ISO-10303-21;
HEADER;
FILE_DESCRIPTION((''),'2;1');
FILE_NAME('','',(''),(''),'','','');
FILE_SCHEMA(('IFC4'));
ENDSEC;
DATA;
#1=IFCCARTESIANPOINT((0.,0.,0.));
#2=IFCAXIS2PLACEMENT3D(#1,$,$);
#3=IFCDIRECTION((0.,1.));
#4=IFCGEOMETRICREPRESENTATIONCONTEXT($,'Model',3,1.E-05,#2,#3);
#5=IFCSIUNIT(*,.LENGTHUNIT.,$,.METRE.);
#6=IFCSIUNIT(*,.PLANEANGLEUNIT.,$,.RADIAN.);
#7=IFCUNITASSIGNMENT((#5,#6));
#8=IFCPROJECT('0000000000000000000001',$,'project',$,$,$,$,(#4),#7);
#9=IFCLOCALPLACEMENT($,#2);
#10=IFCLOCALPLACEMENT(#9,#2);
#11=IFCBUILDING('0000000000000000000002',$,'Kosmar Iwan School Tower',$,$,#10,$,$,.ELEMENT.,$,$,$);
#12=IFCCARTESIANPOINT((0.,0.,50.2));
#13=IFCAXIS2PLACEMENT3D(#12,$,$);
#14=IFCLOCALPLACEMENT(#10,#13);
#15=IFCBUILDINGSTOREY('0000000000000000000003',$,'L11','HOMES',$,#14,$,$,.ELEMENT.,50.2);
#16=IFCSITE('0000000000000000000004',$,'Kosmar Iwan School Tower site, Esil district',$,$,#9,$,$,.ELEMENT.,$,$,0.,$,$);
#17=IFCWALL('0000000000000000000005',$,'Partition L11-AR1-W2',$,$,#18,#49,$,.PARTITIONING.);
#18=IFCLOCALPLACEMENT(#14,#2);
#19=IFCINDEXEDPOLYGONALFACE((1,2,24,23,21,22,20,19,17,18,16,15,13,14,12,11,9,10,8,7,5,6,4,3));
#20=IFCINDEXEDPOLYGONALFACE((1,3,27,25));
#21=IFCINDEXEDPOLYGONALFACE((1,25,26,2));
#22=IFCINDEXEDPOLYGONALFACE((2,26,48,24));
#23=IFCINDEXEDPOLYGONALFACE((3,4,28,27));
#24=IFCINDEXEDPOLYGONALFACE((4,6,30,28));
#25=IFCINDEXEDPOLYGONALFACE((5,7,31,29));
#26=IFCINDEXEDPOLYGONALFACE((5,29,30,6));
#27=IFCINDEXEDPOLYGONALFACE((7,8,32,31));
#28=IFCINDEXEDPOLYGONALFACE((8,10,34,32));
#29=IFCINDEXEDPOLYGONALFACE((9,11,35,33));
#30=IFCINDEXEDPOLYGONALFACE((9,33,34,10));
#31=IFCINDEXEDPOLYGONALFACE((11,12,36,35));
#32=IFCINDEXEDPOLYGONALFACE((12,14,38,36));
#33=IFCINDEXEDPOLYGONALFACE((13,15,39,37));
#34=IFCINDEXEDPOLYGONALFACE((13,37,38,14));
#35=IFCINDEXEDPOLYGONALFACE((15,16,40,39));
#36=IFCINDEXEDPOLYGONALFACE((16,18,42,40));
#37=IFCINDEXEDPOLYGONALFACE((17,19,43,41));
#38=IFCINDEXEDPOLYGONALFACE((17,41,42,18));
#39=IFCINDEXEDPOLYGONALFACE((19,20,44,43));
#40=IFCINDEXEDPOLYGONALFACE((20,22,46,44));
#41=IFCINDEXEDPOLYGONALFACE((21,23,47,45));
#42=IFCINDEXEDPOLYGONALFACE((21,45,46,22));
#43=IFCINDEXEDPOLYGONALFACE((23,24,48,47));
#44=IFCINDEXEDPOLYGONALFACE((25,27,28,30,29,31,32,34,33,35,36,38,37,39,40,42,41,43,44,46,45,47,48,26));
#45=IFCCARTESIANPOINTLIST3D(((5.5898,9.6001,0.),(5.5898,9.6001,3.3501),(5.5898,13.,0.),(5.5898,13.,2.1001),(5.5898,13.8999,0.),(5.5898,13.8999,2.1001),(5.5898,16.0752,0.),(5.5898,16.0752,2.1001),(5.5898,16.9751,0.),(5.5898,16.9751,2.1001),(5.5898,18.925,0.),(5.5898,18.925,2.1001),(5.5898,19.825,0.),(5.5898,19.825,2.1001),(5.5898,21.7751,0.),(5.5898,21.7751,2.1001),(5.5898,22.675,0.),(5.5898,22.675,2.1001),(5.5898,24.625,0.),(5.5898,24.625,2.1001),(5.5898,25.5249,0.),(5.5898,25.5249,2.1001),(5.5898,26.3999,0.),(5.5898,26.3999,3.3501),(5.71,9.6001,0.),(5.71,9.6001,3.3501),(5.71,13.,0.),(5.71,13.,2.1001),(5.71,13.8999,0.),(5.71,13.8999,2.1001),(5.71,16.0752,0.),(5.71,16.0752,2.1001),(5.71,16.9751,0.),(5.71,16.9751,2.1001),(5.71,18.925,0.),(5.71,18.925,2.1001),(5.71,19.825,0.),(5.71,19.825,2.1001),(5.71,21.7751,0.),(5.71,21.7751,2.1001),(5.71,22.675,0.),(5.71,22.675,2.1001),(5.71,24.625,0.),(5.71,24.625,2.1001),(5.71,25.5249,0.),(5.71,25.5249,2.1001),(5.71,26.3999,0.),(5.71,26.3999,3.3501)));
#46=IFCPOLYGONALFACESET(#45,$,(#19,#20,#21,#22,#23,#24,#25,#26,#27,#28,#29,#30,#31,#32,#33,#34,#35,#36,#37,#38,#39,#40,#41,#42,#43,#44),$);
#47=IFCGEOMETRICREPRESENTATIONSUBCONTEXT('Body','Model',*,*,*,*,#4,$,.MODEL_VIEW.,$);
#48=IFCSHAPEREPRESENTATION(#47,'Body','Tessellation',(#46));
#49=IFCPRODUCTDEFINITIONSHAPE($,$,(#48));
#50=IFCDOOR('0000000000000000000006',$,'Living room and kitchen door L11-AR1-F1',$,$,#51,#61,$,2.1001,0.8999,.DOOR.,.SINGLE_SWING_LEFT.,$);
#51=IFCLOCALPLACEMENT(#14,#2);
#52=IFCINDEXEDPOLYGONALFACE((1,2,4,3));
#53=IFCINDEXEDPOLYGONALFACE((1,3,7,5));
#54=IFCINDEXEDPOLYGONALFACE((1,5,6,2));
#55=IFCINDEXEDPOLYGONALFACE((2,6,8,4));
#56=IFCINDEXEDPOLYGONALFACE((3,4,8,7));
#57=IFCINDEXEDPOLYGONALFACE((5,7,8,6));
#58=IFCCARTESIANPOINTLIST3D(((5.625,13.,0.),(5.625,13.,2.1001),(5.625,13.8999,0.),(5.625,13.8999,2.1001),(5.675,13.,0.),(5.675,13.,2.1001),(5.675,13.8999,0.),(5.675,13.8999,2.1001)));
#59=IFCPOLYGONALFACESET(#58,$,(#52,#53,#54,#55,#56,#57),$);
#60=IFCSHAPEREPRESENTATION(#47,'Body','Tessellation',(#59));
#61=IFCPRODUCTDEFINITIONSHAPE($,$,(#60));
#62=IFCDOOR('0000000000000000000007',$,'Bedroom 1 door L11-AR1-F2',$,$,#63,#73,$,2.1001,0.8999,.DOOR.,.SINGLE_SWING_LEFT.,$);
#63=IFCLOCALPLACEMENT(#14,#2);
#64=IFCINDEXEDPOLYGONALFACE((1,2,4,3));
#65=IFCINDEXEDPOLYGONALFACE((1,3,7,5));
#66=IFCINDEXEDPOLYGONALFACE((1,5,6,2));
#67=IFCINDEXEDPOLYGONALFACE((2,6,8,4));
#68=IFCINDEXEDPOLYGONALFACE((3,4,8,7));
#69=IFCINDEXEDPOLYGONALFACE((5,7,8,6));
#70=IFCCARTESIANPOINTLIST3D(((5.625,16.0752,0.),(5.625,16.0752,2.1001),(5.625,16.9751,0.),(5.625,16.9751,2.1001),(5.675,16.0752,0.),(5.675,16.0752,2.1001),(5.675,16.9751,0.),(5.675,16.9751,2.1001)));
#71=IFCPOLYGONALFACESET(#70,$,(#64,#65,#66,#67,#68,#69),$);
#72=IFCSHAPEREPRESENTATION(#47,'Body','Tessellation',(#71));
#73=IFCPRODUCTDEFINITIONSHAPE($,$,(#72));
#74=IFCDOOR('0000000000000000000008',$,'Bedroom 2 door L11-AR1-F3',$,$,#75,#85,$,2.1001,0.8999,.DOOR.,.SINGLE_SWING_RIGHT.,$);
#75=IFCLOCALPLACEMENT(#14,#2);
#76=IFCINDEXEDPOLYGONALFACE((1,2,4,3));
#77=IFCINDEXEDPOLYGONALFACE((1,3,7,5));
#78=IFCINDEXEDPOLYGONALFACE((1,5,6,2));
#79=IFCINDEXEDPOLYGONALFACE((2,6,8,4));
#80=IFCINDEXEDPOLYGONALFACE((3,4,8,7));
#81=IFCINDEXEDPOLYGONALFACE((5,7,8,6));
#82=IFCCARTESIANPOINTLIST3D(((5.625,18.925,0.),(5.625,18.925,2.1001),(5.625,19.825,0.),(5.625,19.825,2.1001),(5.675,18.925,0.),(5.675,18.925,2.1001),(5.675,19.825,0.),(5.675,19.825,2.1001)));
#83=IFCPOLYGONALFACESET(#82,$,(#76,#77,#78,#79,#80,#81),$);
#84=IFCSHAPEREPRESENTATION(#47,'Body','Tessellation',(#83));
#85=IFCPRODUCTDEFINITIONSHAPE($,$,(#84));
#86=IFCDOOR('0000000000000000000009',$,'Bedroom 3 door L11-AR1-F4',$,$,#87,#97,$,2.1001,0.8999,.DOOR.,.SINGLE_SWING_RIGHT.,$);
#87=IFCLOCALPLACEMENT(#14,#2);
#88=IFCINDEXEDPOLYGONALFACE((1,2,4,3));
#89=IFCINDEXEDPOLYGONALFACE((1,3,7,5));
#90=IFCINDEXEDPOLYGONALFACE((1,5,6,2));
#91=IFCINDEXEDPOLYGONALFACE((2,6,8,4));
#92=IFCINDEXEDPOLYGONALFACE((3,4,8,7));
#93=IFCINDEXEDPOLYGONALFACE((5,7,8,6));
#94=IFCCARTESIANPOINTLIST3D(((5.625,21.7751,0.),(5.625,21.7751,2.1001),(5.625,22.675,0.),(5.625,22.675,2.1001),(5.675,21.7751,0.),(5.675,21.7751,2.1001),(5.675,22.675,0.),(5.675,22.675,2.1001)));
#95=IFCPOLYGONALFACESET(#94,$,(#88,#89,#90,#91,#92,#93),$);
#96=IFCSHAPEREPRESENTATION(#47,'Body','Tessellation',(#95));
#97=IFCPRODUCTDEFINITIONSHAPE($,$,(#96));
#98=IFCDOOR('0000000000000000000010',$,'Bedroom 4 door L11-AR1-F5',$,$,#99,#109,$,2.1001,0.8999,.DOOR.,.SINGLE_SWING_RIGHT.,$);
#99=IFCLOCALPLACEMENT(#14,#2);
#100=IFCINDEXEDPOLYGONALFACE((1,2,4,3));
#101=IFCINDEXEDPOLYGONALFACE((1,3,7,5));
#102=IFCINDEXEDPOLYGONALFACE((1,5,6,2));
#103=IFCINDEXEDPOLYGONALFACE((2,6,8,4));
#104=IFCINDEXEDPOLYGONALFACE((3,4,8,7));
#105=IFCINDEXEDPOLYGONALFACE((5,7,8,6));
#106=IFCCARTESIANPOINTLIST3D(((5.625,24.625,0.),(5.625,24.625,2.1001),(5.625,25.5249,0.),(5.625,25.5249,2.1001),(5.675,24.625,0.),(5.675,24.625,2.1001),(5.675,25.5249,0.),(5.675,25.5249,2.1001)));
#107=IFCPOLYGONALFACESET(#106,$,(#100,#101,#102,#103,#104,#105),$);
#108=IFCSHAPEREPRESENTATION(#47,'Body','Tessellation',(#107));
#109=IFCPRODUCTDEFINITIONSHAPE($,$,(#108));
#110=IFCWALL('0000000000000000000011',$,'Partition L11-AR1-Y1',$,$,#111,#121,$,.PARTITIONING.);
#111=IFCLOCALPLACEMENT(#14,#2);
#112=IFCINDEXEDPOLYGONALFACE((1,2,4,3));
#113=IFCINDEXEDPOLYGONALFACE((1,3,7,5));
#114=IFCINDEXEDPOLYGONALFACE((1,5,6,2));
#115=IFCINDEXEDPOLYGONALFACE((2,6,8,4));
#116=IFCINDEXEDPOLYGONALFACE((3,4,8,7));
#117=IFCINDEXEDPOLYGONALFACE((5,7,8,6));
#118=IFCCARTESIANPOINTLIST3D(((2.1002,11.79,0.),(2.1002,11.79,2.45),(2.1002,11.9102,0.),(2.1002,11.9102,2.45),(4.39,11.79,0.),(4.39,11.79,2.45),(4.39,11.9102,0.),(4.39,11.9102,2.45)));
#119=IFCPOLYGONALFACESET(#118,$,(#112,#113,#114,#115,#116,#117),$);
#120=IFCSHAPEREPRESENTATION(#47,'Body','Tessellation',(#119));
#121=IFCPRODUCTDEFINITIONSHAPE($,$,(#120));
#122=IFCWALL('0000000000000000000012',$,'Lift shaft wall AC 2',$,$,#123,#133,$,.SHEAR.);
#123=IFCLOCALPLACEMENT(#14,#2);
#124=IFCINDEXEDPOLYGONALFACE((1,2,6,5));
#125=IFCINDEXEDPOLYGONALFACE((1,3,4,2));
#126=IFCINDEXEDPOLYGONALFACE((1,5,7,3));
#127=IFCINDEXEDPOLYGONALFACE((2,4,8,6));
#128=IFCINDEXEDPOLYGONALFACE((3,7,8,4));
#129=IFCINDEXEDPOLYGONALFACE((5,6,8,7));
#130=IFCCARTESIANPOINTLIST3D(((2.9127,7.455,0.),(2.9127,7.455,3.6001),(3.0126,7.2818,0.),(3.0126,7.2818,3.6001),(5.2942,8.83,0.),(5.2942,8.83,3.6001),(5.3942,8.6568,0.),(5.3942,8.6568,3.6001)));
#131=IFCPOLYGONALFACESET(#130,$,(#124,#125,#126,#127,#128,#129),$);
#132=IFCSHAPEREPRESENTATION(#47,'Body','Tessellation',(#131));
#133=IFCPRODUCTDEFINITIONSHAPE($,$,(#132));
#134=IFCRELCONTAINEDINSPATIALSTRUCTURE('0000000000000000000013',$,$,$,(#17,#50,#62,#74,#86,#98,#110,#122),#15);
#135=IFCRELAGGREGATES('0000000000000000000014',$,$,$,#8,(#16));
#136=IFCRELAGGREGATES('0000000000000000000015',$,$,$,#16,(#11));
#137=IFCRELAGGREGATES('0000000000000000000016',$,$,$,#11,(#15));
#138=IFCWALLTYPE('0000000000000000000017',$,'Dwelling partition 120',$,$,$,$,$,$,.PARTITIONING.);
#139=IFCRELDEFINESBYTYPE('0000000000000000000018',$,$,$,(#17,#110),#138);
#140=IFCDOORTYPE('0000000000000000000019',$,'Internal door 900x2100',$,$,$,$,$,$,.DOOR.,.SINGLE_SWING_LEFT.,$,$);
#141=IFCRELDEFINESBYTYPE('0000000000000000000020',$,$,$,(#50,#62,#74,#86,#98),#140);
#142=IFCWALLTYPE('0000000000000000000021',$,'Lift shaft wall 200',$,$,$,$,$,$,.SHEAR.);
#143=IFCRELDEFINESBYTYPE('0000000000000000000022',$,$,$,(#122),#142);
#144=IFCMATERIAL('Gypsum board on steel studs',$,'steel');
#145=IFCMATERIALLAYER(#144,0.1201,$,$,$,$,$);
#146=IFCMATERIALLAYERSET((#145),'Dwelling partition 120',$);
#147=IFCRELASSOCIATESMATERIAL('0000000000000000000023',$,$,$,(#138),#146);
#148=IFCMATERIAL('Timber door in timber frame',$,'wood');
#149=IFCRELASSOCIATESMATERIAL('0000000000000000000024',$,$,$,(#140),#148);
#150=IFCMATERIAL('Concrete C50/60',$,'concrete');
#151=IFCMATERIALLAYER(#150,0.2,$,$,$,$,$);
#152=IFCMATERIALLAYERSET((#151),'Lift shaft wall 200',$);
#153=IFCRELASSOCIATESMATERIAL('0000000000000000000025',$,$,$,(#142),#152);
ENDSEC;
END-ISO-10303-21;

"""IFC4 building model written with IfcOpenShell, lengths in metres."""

from ifc_helpers import new_model, si_unit, direction, frame, frame_2d, origin, place, context, subcontext, project, spatial, rectangle, extrude, material, layer, layer_set, type_object, element, fill, save


model = new_model("IFC4")

# Units and contexts
model_context = context("Model", 3, precision=1e-05, world=origin(), true_north=direction((0.0, 1.0)))
body_context = subcontext(model_context, "Body", "Model", "MODEL_VIEW")
ifc_project = project(units=[si_unit("LENGTHUNIT", "METRE"), si_unit("PLANEANGLEUNIT", "RADIAN")], contexts=[model_context])

# Site, building, storey
site_placement = place(None, origin())
site = spatial("IfcSite", under=ifc_project, at=site_placement, Name="Kosmar Iwan School Tower site, Esil district", CompositionType="ELEMENT", RefElevation=0.0)
building_placement = place(site_placement, origin())
building = spatial("IfcBuilding", under=site, at=building_placement, Name="Kosmar Iwan School Tower", CompositionType="ELEMENT")
storey_placement = place(building_placement, frame((0.0, 0.0, 50.2)))
storey = spatial("IfcBuildingStorey", under=building, at=storey_placement, Name="L11", Description="HOMES", CompositionType="ELEMENT", Elevation=50.2)

# Wall, openings, doors
ifc_material_1 = material(Name="Gypsum board on steel studs", Category="steel")
ifc_layer_1 = layer(ifc_material_1, 0.1201)
ifc_layer_set_1 = layer_set([ifc_layer_1], Name="Dwelling partition 120")
wall_type_1 = type_object("IfcWallType", Name="Dwelling partition 120", PredefinedType="PARTITIONING", material=ifc_layer_set_1)
ifc_material_2 = material(Name="Timber door in timber frame", Category="wood")
door_type_1 = type_object("IfcDoorType", Name="Internal door 900x2100", OperationType="SINGLE_SWING_LEFT", PredefinedType="DOOR", material=ifc_material_2)
wall_1_placement = place(storey_placement, frame((5.6499, 9.6001, 0.0), z_axis=(0.0, 0.0, 1.0), x_axis=(0.0, 1.0, 0.0)))
wall_1 = element("IfcWall", 1, at=wall_1_placement, inside=storey, type_object=wall_type_1, Name="Partition L11-AR1-W2", PredefinedType="PARTITIONING", context=body_context, shape_type="SweptSolid", body=[
    extrude(rectangle(XDim=16.7998, YDim=0.1201, at=frame_2d((8.3999, 0.0))), origin(), (0.0, 0.0, 1.0), 3.3501),
])
opening_1_placement = place(wall_1_placement, frame((3.3999, 0.0, 0.0)))
opening_1 = element("IfcOpeningElement", 2, at=opening_1_placement, cuts=wall_1, PredefinedType="OPENING", context=body_context, shape_type="SweptSolid", body=[
    extrude(rectangle(XDim=0.8999, YDim=2.1001, at=frame_2d((0.45, 1.05))), frame((0.0, 0.072, 0.0), z_axis=(0.0, -1.0, 0.0), x_axis=(1.0, 0.0, 0.0)), (0.0, 0.0, 1.0), 0.144),
])
opening_2_placement = place(wall_1_placement, frame((6.4751, 0.0, 0.0)))
opening_2 = element("IfcOpeningElement", 3, at=opening_2_placement, cuts=wall_1, PredefinedType="OPENING", context=body_context, shape_type="SweptSolid", body=[
    extrude(rectangle(XDim=0.8999, YDim=2.1001, at=frame_2d((0.45, 1.05))), frame((0.0, 0.072, 0.0), z_axis=(0.0, -1.0, 0.0), x_axis=(1.0, 0.0, 0.0)), (0.0, 0.0, 1.0), 0.144),
])
opening_3_placement = place(wall_1_placement, frame((9.325, 0.0, 0.0)))
opening_3 = element("IfcOpeningElement", 4, at=opening_3_placement, cuts=wall_1, PredefinedType="OPENING", context=body_context, shape_type="SweptSolid", body=[
    extrude(rectangle(XDim=0.8999, YDim=2.1001, at=frame_2d((0.45, 1.05))), frame((0.0, 0.072, 0.0), z_axis=(0.0, -1.0, 0.0), x_axis=(1.0, 0.0, 0.0)), (0.0, 0.0, 1.0), 0.144),
])
opening_4_placement = place(wall_1_placement, frame((12.175, 0.0, 0.0)))
opening_4 = element("IfcOpeningElement", 5, at=opening_4_placement, cuts=wall_1, PredefinedType="OPENING", context=body_context, shape_type="SweptSolid", body=[
    extrude(rectangle(XDim=0.8999, YDim=2.1001, at=frame_2d((0.45, 1.05))), frame((0.0, 0.072, 0.0), z_axis=(0.0, -1.0, 0.0), x_axis=(1.0, 0.0, 0.0)), (0.0, 0.0, 1.0), 0.144),
])
opening_5_placement = place(wall_1_placement, frame((15.0249, 0.0, 0.0)))
opening_5 = element("IfcOpeningElement", 6, at=opening_5_placement, cuts=wall_1, PredefinedType="OPENING", context=body_context, shape_type="SweptSolid", body=[
    extrude(rectangle(XDim=0.8999, YDim=2.1001, at=frame_2d((0.45, 1.05))), frame((0.0, 0.072, 0.0), z_axis=(0.0, -1.0, 0.0), x_axis=(1.0, 0.0, 0.0)), (0.0, 0.0, 1.0), 0.144),
])
door_1_placement = place(opening_1_placement, origin())
door_1 = element("IfcDoor", 7, at=door_1_placement, inside=storey, type_object=door_type_1, Name="Living room and kitchen door L11-AR1-F1", OperationType="SINGLE_SWING_LEFT", OverallHeight=2.1001, OverallWidth=0.8999, PredefinedType="DOOR", context=body_context, shape_type="SweptSolid", body=[
    extrude(rectangle(XDim=0.8999, YDim=2.1001, at=frame_2d((0.45, 1.05))), frame((0.0, 0.0249, 0.0), z_axis=(0.0, -1.0, 0.0), x_axis=(1.0, 0.0, 0.0)), (0.0, 0.0, 1.0), 0.05),
])
fill(opening_1, door_1)
door_2_placement = place(opening_2_placement, origin())
door_2 = element("IfcDoor", 8, at=door_2_placement, inside=storey, type_object=door_type_1, Name="Bedroom 1 door L11-AR1-F2", OperationType="SINGLE_SWING_LEFT", OverallHeight=2.1001, OverallWidth=0.8999, PredefinedType="DOOR", context=body_context, shape_type="SweptSolid", body=[
    extrude(rectangle(XDim=0.8999, YDim=2.1001, at=frame_2d((0.45, 1.05))), frame((0.0, 0.0249, 0.0), z_axis=(0.0, -1.0, 0.0), x_axis=(1.0, 0.0, 0.0)), (0.0, 0.0, 1.0), 0.05),
])
fill(opening_2, door_2)
door_3_placement = place(opening_3_placement, origin())
door_3 = element("IfcDoor", 9, at=door_3_placement, inside=storey, type_object=door_type_1, Name="Bedroom 2 door L11-AR1-F3", OperationType="SINGLE_SWING_RIGHT", OverallHeight=2.1001, OverallWidth=0.8999, PredefinedType="DOOR", context=body_context, shape_type="SweptSolid", body=[
    extrude(rectangle(XDim=0.8999, YDim=2.1001, at=frame_2d((0.45, 1.05))), frame((0.0, 0.0249, 0.0), z_axis=(0.0, -1.0, 0.0), x_axis=(1.0, 0.0, 0.0)), (0.0, 0.0, 1.0), 0.05),
])
fill(opening_3, door_3)
door_4_placement = place(opening_4_placement, origin())
door_4 = element("IfcDoor", 10, at=door_4_placement, inside=storey, type_object=door_type_1, Name="Bedroom 3 door L11-AR1-F4", OperationType="SINGLE_SWING_RIGHT", OverallHeight=2.1001, OverallWidth=0.8999, PredefinedType="DOOR", context=body_context, shape_type="SweptSolid", body=[
    extrude(rectangle(XDim=0.8999, YDim=2.1001, at=frame_2d((0.45, 1.05))), frame((0.0, 0.0249, 0.0), z_axis=(0.0, -1.0, 0.0), x_axis=(1.0, 0.0, 0.0)), (0.0, 0.0, 1.0), 0.05),
])
fill(opening_4, door_4)
door_5_placement = place(opening_5_placement, origin())
door_5 = element("IfcDoor", 11, at=door_5_placement, inside=storey, type_object=door_type_1, Name="Bedroom 4 door L11-AR1-F5", OperationType="SINGLE_SWING_RIGHT", OverallHeight=2.1001, OverallWidth=0.8999, PredefinedType="DOOR", context=body_context, shape_type="SweptSolid", body=[
    extrude(rectangle(XDim=0.8999, YDim=2.1001, at=frame_2d((0.45, 1.05))), frame((0.0, 0.0249, 0.0), z_axis=(0.0, -1.0, 0.0), x_axis=(1.0, 0.0, 0.0)), (0.0, 0.0, 1.0), 0.05),
])
fill(opening_5, door_5)

# Walls
wall_2_placement = place(storey_placement, frame((2.1001, 11.8501, 0.0), z_axis=(0.0, 0.0, 1.0), x_axis=(1.0, 0.0, 0.0)))
element("IfcWall", 12, at=wall_2_placement, inside=storey, type_object=wall_type_1, Name="Partition L11-AR1-Y1", PredefinedType="PARTITIONING", context=body_context, shape_type="SweptSolid", body=[
    extrude(rectangle(XDim=2.2898, YDim=0.1201, at=frame_2d((1.145, 0.0))), origin(), (0.0, 0.0, 1.0), 2.45),
])
ifc_material_3 = material(Name="Concrete C50/60", Category="concrete")
ifc_layer_2 = layer(ifc_material_3, 0.2)
ifc_layer_set_2 = layer_set([ifc_layer_2], Name="Lift shaft wall 200")
wall_type_2 = type_object("IfcWallType", Name="Lift shaft wall 200", PredefinedType="SHEAR", material=ifc_layer_set_2)
wall_3_placement = place(storey_placement, frame((2.9626, 7.3684, 0.0), z_axis=(0.0, 0.0, 1.0), x_axis=(0.866027, 0.499997, 0.0)))
element("IfcWall", 13, at=wall_3_placement, inside=storey, type_object=wall_type_2, Name="Lift shaft wall AC 2", PredefinedType="SHEAR", context=body_context, shape_type="SweptSolid", body=[
    extrude(rectangle(XDim=2.75, YDim=0.2, at=frame_2d((1.375, 0.0))), origin(), (0.0, 0.0, 1.0), 3.6001),
])

save(model, "model.ifc")
